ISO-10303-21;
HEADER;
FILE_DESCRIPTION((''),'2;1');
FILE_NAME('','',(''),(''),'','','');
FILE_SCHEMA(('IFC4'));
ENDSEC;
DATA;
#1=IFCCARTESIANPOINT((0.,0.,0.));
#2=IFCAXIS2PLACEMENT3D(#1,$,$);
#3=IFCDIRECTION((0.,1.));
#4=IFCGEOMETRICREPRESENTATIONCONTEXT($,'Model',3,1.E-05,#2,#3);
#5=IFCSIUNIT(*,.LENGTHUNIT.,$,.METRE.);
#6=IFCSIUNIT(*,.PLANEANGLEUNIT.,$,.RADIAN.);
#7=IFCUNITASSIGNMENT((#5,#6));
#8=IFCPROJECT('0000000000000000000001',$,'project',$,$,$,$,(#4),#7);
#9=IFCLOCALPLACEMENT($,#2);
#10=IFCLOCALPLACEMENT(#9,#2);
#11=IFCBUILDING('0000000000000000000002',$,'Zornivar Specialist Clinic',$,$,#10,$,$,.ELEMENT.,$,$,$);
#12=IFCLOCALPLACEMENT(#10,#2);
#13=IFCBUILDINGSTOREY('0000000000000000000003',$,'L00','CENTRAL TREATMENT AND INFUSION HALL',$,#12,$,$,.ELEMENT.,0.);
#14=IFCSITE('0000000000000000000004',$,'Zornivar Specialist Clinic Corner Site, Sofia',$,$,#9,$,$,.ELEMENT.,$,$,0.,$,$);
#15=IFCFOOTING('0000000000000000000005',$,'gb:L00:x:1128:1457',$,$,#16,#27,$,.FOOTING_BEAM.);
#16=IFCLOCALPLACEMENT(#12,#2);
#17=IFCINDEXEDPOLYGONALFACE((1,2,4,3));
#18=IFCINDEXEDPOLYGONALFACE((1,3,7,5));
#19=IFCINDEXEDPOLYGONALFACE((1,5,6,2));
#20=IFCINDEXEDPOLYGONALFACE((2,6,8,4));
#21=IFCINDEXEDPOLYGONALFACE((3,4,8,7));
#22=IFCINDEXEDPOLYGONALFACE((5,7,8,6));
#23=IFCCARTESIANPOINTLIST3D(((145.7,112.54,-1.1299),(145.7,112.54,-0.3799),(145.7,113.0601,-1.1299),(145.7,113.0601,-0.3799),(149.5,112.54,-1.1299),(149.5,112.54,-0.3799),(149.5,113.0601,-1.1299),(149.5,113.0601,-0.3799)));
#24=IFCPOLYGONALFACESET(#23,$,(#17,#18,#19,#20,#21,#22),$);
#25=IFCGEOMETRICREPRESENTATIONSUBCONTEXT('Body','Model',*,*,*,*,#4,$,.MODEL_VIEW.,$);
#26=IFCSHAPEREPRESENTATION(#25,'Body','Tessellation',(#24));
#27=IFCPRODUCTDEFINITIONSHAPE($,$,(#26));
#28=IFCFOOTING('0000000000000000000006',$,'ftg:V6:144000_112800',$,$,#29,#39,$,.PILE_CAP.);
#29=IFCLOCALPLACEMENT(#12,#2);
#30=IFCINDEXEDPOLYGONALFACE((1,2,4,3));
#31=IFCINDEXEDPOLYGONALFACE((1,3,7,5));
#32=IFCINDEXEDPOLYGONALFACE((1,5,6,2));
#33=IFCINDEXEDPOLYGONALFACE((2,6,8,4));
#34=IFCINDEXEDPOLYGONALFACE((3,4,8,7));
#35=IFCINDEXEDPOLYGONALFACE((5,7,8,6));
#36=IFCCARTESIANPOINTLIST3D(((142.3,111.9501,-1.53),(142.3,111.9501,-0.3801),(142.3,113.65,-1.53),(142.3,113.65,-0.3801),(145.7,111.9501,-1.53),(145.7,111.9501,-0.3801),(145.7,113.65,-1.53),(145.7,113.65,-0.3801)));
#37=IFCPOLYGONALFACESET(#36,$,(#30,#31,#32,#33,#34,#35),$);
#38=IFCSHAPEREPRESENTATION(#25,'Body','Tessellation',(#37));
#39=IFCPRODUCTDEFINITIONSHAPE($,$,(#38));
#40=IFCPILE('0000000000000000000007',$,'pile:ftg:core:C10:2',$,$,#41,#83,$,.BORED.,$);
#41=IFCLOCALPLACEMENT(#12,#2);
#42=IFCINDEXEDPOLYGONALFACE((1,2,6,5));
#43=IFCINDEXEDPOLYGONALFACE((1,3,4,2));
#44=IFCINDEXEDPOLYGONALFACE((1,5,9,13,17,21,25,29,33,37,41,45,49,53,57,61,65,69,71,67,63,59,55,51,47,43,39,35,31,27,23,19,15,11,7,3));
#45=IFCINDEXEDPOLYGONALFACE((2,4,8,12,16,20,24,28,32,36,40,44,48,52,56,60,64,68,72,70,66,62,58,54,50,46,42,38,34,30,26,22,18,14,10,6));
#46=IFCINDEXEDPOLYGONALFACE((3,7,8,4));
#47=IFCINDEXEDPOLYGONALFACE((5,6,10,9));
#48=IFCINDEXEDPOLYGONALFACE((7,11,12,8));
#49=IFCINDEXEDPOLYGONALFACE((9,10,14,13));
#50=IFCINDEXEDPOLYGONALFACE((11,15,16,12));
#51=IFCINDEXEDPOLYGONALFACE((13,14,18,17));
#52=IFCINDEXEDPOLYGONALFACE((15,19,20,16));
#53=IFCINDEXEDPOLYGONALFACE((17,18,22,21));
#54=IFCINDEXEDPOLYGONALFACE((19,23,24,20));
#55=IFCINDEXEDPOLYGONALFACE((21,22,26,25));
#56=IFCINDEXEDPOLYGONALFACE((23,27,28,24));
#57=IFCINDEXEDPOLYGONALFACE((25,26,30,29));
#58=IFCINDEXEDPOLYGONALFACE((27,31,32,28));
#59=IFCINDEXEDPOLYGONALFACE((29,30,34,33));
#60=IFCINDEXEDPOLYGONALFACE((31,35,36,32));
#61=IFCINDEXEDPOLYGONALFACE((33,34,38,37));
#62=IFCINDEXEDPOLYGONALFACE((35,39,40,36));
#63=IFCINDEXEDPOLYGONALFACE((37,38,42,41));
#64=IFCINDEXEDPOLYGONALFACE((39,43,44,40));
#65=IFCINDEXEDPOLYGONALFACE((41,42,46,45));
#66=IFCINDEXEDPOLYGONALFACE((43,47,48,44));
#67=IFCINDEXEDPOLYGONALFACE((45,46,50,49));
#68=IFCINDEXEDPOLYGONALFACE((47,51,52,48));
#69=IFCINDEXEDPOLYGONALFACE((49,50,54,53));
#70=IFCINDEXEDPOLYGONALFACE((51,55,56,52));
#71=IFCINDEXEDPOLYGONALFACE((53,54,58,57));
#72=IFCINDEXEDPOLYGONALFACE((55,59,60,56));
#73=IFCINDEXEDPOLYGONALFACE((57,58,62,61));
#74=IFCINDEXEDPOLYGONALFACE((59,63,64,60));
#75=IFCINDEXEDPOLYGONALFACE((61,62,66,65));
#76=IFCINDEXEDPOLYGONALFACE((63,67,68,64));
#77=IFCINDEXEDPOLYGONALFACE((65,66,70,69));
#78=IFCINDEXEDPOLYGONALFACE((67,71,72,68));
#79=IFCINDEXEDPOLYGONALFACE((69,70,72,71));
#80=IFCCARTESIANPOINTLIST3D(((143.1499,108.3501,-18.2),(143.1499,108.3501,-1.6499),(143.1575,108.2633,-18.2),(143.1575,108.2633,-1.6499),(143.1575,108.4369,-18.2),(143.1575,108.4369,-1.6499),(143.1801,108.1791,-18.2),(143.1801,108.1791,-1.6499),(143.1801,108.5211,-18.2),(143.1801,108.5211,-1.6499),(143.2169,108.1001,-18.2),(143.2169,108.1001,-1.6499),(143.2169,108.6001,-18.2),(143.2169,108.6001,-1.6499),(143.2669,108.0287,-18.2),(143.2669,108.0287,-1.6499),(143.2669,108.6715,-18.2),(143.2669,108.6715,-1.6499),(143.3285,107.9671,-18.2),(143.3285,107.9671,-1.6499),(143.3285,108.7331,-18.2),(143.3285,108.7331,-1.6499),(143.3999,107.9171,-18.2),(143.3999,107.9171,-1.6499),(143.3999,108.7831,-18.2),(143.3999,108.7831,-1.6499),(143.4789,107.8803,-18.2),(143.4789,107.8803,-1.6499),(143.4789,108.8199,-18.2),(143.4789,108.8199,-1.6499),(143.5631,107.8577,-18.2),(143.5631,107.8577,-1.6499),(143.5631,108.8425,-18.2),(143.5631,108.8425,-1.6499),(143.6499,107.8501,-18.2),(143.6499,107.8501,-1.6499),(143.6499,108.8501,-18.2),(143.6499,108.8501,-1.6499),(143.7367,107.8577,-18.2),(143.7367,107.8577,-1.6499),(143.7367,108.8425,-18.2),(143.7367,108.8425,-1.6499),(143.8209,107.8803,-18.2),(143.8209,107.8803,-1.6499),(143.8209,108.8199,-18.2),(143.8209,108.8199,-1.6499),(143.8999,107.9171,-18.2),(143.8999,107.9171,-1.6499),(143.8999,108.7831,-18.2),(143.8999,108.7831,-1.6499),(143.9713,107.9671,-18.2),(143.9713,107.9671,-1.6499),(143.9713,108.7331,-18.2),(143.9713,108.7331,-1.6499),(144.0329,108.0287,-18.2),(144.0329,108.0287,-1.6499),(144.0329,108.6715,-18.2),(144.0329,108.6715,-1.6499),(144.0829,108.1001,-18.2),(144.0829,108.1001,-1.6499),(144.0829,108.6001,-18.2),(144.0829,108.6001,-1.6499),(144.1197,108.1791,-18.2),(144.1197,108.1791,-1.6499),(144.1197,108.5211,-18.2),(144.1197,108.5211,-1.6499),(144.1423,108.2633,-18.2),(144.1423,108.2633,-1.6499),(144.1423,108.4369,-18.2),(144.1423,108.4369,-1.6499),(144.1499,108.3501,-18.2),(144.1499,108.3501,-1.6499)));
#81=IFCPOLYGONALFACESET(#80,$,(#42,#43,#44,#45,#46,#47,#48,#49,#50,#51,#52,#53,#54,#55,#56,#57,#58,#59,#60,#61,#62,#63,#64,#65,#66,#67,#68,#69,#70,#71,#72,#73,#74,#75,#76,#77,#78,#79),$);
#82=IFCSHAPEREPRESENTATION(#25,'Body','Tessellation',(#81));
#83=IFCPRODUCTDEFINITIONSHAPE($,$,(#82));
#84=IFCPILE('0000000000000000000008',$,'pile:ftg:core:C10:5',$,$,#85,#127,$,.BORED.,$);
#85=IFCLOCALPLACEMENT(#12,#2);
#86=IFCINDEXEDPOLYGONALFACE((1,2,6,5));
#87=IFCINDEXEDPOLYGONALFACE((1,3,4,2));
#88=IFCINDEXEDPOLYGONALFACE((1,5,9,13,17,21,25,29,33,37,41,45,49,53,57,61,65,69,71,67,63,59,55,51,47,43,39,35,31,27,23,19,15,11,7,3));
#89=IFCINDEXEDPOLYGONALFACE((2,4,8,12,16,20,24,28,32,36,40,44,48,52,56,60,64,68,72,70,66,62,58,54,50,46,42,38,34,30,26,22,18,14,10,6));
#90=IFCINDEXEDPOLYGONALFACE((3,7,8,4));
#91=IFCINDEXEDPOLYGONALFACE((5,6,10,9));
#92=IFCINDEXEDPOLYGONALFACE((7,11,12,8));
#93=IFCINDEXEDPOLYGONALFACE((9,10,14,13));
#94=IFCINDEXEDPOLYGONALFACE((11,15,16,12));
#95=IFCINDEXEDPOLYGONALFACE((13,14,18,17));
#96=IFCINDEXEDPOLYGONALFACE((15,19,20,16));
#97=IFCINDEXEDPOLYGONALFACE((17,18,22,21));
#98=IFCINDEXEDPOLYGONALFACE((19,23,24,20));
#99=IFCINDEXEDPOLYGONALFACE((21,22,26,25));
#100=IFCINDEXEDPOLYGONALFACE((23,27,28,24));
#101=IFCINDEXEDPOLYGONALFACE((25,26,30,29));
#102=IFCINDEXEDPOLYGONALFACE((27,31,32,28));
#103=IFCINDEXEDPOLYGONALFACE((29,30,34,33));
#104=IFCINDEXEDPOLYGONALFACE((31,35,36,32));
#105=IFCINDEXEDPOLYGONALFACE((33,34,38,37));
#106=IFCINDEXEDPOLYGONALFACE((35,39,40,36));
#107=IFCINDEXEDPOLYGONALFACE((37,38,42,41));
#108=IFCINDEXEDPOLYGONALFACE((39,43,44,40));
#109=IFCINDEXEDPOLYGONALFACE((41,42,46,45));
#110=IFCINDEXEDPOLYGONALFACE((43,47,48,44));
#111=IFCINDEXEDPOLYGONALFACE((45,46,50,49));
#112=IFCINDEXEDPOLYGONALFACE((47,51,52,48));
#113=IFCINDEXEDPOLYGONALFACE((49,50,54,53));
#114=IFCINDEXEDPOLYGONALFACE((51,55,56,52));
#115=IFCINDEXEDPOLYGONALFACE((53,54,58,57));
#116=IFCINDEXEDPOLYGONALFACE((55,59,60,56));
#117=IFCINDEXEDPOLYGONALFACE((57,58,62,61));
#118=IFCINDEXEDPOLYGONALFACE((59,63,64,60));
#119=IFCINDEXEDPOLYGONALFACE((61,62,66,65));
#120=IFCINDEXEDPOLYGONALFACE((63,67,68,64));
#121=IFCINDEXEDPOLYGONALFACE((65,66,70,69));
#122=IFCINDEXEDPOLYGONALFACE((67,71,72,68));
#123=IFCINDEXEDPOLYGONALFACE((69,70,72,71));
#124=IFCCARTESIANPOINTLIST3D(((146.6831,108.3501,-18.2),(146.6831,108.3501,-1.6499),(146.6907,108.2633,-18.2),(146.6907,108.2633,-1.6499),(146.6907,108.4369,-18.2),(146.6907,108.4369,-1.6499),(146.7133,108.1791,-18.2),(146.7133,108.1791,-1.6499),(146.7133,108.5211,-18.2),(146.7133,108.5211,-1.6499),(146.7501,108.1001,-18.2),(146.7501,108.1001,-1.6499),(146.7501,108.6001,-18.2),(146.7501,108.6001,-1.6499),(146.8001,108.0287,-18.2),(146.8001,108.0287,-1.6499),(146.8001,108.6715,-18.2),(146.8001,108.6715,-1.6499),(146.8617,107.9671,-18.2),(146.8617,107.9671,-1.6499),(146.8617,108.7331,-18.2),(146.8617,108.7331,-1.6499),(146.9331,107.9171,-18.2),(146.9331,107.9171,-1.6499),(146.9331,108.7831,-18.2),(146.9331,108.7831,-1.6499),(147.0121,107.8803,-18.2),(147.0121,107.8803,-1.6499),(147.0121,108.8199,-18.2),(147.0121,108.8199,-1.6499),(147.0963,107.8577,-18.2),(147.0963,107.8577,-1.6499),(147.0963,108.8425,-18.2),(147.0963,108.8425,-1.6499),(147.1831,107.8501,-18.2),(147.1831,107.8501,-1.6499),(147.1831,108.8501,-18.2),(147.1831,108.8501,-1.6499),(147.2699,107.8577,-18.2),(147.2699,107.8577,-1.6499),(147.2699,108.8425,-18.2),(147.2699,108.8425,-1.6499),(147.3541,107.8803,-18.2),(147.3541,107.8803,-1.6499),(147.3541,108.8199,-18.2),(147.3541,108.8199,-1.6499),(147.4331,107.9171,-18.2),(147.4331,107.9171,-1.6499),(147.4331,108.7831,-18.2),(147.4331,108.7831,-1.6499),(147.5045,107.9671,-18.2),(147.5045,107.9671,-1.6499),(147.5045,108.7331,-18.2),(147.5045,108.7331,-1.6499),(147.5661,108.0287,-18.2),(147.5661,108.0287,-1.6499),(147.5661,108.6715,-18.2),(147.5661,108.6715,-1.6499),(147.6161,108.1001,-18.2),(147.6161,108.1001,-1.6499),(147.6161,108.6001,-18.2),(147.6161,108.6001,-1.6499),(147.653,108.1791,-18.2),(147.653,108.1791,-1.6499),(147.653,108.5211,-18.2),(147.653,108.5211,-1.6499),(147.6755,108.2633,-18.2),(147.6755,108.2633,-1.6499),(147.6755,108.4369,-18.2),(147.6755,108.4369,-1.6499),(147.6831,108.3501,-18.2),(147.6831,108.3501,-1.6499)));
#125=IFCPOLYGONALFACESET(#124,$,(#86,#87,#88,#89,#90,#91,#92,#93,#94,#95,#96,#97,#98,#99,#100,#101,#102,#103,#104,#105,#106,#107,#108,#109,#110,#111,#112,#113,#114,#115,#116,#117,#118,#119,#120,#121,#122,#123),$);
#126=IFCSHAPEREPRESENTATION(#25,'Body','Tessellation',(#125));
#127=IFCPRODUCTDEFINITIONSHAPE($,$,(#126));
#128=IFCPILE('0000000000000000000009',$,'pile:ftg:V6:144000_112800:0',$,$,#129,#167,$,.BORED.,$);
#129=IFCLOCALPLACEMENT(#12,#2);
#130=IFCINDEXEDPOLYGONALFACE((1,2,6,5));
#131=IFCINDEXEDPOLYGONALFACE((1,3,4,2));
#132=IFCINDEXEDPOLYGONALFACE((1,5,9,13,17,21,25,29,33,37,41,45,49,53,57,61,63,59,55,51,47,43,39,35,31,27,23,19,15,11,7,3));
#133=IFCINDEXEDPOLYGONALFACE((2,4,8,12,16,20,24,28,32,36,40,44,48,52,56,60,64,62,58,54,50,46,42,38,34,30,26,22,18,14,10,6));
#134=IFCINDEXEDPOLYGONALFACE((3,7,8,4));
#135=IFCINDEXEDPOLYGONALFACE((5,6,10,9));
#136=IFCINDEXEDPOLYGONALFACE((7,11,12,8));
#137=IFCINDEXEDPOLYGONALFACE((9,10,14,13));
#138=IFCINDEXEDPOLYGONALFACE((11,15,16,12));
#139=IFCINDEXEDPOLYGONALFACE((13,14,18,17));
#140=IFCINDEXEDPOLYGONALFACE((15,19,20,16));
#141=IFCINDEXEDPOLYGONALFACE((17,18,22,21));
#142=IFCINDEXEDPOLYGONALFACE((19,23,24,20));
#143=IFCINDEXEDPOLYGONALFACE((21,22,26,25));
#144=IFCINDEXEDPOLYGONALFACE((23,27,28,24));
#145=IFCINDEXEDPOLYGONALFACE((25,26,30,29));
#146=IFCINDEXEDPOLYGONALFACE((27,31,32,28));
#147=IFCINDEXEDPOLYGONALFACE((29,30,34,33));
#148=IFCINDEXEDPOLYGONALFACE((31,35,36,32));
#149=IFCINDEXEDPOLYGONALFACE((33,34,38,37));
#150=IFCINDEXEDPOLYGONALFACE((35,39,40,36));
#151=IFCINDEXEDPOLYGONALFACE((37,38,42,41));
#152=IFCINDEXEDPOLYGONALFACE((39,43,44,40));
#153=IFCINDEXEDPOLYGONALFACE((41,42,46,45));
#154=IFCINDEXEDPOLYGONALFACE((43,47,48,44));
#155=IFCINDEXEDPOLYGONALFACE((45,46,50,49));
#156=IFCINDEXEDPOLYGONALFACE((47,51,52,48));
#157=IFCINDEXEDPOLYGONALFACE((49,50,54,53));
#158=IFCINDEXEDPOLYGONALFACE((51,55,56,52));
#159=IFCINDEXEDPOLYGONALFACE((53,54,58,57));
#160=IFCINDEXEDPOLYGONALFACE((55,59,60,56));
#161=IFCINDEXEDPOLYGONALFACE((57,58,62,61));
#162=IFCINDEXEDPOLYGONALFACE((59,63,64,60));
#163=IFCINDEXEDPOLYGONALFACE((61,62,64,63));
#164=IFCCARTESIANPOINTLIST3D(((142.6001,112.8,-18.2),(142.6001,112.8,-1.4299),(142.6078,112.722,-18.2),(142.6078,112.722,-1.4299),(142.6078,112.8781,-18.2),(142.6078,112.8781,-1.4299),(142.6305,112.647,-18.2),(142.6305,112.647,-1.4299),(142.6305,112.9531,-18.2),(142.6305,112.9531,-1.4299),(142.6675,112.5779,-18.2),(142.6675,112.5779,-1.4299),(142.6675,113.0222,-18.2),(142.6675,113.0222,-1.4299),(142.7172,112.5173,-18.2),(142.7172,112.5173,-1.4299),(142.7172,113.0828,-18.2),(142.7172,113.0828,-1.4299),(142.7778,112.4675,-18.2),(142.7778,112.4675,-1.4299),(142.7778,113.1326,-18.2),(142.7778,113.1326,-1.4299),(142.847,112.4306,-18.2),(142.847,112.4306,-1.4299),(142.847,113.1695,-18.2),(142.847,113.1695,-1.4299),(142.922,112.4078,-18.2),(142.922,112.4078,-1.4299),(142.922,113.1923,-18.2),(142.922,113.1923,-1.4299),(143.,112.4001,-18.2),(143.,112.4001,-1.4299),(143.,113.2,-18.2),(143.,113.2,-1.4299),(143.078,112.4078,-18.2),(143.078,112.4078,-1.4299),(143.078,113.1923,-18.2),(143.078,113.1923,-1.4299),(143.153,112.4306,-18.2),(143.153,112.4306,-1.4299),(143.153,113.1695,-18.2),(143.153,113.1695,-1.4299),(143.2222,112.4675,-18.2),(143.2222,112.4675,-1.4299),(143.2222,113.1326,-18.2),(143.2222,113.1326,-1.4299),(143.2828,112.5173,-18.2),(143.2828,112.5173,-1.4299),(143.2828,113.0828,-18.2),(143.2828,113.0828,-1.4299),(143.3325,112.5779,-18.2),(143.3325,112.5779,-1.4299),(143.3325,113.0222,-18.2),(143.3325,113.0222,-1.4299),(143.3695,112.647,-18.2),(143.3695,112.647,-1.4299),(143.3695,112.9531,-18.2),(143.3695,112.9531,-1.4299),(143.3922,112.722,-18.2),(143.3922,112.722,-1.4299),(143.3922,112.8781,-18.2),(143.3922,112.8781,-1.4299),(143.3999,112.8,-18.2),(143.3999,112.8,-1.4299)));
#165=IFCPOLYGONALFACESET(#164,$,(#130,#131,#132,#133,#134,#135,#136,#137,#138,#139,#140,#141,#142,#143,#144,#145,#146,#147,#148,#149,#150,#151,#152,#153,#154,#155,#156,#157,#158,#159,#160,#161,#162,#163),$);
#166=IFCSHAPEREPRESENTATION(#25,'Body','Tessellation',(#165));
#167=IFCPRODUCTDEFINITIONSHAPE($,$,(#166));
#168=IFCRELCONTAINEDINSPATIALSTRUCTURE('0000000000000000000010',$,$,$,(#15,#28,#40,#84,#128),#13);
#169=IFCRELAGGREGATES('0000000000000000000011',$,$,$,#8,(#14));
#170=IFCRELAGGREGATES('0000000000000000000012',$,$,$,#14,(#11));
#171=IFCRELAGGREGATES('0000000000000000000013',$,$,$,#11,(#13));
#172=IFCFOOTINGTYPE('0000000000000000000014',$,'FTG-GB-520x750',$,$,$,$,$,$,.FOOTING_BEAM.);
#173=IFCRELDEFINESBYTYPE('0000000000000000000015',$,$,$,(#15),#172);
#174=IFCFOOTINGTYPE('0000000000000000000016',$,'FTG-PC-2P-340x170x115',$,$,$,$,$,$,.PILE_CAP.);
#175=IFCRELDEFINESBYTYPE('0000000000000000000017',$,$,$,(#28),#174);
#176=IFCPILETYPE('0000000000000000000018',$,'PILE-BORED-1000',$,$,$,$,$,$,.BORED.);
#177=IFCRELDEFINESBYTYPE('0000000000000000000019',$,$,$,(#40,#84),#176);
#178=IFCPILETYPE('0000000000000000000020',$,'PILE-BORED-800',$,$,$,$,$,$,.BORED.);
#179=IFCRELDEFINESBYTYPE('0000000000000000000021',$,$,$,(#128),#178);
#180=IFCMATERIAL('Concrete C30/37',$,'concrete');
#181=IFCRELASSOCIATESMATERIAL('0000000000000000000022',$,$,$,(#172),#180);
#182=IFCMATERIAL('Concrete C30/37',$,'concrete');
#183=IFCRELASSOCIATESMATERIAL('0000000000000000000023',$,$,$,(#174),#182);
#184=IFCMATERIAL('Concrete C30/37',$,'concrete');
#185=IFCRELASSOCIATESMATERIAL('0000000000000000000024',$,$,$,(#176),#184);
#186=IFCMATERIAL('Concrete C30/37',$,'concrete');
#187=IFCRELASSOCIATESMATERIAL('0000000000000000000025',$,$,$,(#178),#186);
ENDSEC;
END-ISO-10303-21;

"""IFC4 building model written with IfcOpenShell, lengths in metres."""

from ifc_helpers import new_model, si_unit, direction, frame, origin, origin_2d, place, context, subcontext, project, spatial, rectangle, circle, extrude, material, material_profile, profile_set, type_object, element, save


model = new_model("IFC4")

# Units and contexts
model_context = context("Model", 3, precision=1e-05, world=origin(), true_north=direction((0.0, 1.0)))
body_context = subcontext(model_context, "Body", "Model", "MODEL_VIEW")
ifc_project = project(units=[si_unit("LENGTHUNIT", "METRE"), si_unit("PLANEANGLEUNIT", "RADIAN")], contexts=[model_context])

# Site, building, storey
site_placement = place(None, origin())
site = spatial("IfcSite", under=ifc_project, at=site_placement, Name="Zornivar Specialist Clinic Corner Site, Sofia", CompositionType="ELEMENT", RefElevation=0.0)
building_placement = place(site_placement, origin())
building = spatial("IfcBuilding", under=site, at=building_placement, Name="Zornivar Specialist Clinic", CompositionType="ELEMENT")
storey_placement = place(building_placement, origin())
storey = spatial("IfcBuildingStorey", under=building, at=storey_placement, Name="L00", Description="CENTRAL TREATMENT AND INFUSION HALL", CompositionType="ELEMENT", Elevation=0.0)

# Footings
ifc_material_1 = material(Name="Concrete C30/37", Category="concrete")
ifc_material_profile_1 = material_profile(ifc_material_1, rectangle(XDim=0.52, YDim=0.75, at=origin_2d()), Name="RC 520x750")
ifc_profile_set_1 = profile_set([ifc_material_profile_1], Name="Concrete C30/37")
footing_type_1 = type_object("IfcFootingType", Name="FTG-GB-520x750", PredefinedType="FOOTING_BEAM", material=ifc_profile_set_1)
footing_1_placement = place(storey_placement, frame((145.7, 112.8, -0.7549), z_axis=(1.0, 0.0, 0.0), x_axis=(0.0, 1.0, 0.0)))
element("IfcFooting", 1, at=footing_1_placement, inside=storey, type_object=footing_type_1, Name="gb:L00:x:1128:1457", PredefinedType="FOOTING_BEAM", context=body_context, shape_type="SweptSolid", body=[
    extrude(rectangle(XDim=0.52, YDim=0.75, at=origin_2d()), origin(), (0.0, 0.0, 1.0), 3.8),
])
ifc_material_2 = material(Name="Concrete C30/37", Category="concrete")
footing_type_2 = type_object("IfcFootingType", Name="FTG-PC-2P-340x170x115", PredefinedType="PILE_CAP", material=ifc_material_2)
footing_2_placement = place(storey_placement, frame((144.0, 112.8, -1.53), z_axis=(0.0, 0.0, 1.0), x_axis=(1.0, 0.0, 0.0)))
element("IfcFooting", 2, at=footing_2_placement, inside=storey, type_object=footing_type_2, Name="ftg:V6:144000_112800", PredefinedType="PILE_CAP", context=body_context, shape_type="SweptSolid", body=[
    extrude(rectangle(XDim=3.3999, YDim=1.7, at=origin_2d()), origin(), (0.0, 0.0, 1.0), 1.1499),
])

# Piles
ifc_material_3 = material(Name="Concrete C30/37", Category="concrete")
ifc_material_profile_2 = material_profile(ifc_material_3, circle(Radius=0.5, at=origin_2d()), Name="PILE D1000")
ifc_profile_set_2 = profile_set([ifc_material_profile_2], Name="Concrete C30/37")
pile_type_1 = type_object("IfcPileType", Name="PILE-BORED-1000", PredefinedType="BORED", material=ifc_profile_set_2)
for number, where, z_axis, x_axis, name in (
    (3, (143.6499, 108.3501, -1.6499), (0.0, 0.0, -1.0), (1.0, 0.0, 0.0), "pile:ftg:core:C10:2"),
    (4, (147.1831, 108.3501, -1.6499), (0.0, 0.0, -1.0), (1.0, 0.0, 0.0), "pile:ftg:core:C10:5"),
):
    element("IfcPile", number, at=place(storey_placement, frame(where, z_axis=z_axis, x_axis=x_axis)), inside=storey, type_object=pile_type_1, Name=name, PredefinedType="BORED", context=body_context, shape_type="SweptSolid", body=[
        extrude(circle(Radius=0.5, at=origin_2d()), origin(), (0.0, 0.0, 1.0), 16.55),
    ])
ifc_material_4 = material(Name="Concrete C30/37", Category="concrete")
ifc_material_profile_3 = material_profile(ifc_material_4, circle(Radius=0.3999, at=origin_2d()), Name="PILE D800")
ifc_profile_set_3 = profile_set([ifc_material_profile_3], Name="Concrete C30/37")
pile_type_2 = type_object("IfcPileType", Name="PILE-BORED-800", PredefinedType="BORED", material=ifc_profile_set_3)
for number, where, z_axis, x_axis, name in (
    (5, (143.0, 112.8, -1.4299), (0.0, 0.0, -1.0), (1.0, 0.0, 0.0), "pile:ftg:V6:144000_112800:0"),
):
    element("IfcPile", number, at=place(storey_placement, frame(where, z_axis=z_axis, x_axis=x_axis)), inside=storey, type_object=pile_type_2, Name=name, PredefinedType="BORED", context=body_context, shape_type="SweptSolid", body=[
        extrude(circle(Radius=0.3999, at=origin_2d()), origin(), (0.0, 0.0, 1.0), 16.77),
    ])

save(model, "model.ifc")
